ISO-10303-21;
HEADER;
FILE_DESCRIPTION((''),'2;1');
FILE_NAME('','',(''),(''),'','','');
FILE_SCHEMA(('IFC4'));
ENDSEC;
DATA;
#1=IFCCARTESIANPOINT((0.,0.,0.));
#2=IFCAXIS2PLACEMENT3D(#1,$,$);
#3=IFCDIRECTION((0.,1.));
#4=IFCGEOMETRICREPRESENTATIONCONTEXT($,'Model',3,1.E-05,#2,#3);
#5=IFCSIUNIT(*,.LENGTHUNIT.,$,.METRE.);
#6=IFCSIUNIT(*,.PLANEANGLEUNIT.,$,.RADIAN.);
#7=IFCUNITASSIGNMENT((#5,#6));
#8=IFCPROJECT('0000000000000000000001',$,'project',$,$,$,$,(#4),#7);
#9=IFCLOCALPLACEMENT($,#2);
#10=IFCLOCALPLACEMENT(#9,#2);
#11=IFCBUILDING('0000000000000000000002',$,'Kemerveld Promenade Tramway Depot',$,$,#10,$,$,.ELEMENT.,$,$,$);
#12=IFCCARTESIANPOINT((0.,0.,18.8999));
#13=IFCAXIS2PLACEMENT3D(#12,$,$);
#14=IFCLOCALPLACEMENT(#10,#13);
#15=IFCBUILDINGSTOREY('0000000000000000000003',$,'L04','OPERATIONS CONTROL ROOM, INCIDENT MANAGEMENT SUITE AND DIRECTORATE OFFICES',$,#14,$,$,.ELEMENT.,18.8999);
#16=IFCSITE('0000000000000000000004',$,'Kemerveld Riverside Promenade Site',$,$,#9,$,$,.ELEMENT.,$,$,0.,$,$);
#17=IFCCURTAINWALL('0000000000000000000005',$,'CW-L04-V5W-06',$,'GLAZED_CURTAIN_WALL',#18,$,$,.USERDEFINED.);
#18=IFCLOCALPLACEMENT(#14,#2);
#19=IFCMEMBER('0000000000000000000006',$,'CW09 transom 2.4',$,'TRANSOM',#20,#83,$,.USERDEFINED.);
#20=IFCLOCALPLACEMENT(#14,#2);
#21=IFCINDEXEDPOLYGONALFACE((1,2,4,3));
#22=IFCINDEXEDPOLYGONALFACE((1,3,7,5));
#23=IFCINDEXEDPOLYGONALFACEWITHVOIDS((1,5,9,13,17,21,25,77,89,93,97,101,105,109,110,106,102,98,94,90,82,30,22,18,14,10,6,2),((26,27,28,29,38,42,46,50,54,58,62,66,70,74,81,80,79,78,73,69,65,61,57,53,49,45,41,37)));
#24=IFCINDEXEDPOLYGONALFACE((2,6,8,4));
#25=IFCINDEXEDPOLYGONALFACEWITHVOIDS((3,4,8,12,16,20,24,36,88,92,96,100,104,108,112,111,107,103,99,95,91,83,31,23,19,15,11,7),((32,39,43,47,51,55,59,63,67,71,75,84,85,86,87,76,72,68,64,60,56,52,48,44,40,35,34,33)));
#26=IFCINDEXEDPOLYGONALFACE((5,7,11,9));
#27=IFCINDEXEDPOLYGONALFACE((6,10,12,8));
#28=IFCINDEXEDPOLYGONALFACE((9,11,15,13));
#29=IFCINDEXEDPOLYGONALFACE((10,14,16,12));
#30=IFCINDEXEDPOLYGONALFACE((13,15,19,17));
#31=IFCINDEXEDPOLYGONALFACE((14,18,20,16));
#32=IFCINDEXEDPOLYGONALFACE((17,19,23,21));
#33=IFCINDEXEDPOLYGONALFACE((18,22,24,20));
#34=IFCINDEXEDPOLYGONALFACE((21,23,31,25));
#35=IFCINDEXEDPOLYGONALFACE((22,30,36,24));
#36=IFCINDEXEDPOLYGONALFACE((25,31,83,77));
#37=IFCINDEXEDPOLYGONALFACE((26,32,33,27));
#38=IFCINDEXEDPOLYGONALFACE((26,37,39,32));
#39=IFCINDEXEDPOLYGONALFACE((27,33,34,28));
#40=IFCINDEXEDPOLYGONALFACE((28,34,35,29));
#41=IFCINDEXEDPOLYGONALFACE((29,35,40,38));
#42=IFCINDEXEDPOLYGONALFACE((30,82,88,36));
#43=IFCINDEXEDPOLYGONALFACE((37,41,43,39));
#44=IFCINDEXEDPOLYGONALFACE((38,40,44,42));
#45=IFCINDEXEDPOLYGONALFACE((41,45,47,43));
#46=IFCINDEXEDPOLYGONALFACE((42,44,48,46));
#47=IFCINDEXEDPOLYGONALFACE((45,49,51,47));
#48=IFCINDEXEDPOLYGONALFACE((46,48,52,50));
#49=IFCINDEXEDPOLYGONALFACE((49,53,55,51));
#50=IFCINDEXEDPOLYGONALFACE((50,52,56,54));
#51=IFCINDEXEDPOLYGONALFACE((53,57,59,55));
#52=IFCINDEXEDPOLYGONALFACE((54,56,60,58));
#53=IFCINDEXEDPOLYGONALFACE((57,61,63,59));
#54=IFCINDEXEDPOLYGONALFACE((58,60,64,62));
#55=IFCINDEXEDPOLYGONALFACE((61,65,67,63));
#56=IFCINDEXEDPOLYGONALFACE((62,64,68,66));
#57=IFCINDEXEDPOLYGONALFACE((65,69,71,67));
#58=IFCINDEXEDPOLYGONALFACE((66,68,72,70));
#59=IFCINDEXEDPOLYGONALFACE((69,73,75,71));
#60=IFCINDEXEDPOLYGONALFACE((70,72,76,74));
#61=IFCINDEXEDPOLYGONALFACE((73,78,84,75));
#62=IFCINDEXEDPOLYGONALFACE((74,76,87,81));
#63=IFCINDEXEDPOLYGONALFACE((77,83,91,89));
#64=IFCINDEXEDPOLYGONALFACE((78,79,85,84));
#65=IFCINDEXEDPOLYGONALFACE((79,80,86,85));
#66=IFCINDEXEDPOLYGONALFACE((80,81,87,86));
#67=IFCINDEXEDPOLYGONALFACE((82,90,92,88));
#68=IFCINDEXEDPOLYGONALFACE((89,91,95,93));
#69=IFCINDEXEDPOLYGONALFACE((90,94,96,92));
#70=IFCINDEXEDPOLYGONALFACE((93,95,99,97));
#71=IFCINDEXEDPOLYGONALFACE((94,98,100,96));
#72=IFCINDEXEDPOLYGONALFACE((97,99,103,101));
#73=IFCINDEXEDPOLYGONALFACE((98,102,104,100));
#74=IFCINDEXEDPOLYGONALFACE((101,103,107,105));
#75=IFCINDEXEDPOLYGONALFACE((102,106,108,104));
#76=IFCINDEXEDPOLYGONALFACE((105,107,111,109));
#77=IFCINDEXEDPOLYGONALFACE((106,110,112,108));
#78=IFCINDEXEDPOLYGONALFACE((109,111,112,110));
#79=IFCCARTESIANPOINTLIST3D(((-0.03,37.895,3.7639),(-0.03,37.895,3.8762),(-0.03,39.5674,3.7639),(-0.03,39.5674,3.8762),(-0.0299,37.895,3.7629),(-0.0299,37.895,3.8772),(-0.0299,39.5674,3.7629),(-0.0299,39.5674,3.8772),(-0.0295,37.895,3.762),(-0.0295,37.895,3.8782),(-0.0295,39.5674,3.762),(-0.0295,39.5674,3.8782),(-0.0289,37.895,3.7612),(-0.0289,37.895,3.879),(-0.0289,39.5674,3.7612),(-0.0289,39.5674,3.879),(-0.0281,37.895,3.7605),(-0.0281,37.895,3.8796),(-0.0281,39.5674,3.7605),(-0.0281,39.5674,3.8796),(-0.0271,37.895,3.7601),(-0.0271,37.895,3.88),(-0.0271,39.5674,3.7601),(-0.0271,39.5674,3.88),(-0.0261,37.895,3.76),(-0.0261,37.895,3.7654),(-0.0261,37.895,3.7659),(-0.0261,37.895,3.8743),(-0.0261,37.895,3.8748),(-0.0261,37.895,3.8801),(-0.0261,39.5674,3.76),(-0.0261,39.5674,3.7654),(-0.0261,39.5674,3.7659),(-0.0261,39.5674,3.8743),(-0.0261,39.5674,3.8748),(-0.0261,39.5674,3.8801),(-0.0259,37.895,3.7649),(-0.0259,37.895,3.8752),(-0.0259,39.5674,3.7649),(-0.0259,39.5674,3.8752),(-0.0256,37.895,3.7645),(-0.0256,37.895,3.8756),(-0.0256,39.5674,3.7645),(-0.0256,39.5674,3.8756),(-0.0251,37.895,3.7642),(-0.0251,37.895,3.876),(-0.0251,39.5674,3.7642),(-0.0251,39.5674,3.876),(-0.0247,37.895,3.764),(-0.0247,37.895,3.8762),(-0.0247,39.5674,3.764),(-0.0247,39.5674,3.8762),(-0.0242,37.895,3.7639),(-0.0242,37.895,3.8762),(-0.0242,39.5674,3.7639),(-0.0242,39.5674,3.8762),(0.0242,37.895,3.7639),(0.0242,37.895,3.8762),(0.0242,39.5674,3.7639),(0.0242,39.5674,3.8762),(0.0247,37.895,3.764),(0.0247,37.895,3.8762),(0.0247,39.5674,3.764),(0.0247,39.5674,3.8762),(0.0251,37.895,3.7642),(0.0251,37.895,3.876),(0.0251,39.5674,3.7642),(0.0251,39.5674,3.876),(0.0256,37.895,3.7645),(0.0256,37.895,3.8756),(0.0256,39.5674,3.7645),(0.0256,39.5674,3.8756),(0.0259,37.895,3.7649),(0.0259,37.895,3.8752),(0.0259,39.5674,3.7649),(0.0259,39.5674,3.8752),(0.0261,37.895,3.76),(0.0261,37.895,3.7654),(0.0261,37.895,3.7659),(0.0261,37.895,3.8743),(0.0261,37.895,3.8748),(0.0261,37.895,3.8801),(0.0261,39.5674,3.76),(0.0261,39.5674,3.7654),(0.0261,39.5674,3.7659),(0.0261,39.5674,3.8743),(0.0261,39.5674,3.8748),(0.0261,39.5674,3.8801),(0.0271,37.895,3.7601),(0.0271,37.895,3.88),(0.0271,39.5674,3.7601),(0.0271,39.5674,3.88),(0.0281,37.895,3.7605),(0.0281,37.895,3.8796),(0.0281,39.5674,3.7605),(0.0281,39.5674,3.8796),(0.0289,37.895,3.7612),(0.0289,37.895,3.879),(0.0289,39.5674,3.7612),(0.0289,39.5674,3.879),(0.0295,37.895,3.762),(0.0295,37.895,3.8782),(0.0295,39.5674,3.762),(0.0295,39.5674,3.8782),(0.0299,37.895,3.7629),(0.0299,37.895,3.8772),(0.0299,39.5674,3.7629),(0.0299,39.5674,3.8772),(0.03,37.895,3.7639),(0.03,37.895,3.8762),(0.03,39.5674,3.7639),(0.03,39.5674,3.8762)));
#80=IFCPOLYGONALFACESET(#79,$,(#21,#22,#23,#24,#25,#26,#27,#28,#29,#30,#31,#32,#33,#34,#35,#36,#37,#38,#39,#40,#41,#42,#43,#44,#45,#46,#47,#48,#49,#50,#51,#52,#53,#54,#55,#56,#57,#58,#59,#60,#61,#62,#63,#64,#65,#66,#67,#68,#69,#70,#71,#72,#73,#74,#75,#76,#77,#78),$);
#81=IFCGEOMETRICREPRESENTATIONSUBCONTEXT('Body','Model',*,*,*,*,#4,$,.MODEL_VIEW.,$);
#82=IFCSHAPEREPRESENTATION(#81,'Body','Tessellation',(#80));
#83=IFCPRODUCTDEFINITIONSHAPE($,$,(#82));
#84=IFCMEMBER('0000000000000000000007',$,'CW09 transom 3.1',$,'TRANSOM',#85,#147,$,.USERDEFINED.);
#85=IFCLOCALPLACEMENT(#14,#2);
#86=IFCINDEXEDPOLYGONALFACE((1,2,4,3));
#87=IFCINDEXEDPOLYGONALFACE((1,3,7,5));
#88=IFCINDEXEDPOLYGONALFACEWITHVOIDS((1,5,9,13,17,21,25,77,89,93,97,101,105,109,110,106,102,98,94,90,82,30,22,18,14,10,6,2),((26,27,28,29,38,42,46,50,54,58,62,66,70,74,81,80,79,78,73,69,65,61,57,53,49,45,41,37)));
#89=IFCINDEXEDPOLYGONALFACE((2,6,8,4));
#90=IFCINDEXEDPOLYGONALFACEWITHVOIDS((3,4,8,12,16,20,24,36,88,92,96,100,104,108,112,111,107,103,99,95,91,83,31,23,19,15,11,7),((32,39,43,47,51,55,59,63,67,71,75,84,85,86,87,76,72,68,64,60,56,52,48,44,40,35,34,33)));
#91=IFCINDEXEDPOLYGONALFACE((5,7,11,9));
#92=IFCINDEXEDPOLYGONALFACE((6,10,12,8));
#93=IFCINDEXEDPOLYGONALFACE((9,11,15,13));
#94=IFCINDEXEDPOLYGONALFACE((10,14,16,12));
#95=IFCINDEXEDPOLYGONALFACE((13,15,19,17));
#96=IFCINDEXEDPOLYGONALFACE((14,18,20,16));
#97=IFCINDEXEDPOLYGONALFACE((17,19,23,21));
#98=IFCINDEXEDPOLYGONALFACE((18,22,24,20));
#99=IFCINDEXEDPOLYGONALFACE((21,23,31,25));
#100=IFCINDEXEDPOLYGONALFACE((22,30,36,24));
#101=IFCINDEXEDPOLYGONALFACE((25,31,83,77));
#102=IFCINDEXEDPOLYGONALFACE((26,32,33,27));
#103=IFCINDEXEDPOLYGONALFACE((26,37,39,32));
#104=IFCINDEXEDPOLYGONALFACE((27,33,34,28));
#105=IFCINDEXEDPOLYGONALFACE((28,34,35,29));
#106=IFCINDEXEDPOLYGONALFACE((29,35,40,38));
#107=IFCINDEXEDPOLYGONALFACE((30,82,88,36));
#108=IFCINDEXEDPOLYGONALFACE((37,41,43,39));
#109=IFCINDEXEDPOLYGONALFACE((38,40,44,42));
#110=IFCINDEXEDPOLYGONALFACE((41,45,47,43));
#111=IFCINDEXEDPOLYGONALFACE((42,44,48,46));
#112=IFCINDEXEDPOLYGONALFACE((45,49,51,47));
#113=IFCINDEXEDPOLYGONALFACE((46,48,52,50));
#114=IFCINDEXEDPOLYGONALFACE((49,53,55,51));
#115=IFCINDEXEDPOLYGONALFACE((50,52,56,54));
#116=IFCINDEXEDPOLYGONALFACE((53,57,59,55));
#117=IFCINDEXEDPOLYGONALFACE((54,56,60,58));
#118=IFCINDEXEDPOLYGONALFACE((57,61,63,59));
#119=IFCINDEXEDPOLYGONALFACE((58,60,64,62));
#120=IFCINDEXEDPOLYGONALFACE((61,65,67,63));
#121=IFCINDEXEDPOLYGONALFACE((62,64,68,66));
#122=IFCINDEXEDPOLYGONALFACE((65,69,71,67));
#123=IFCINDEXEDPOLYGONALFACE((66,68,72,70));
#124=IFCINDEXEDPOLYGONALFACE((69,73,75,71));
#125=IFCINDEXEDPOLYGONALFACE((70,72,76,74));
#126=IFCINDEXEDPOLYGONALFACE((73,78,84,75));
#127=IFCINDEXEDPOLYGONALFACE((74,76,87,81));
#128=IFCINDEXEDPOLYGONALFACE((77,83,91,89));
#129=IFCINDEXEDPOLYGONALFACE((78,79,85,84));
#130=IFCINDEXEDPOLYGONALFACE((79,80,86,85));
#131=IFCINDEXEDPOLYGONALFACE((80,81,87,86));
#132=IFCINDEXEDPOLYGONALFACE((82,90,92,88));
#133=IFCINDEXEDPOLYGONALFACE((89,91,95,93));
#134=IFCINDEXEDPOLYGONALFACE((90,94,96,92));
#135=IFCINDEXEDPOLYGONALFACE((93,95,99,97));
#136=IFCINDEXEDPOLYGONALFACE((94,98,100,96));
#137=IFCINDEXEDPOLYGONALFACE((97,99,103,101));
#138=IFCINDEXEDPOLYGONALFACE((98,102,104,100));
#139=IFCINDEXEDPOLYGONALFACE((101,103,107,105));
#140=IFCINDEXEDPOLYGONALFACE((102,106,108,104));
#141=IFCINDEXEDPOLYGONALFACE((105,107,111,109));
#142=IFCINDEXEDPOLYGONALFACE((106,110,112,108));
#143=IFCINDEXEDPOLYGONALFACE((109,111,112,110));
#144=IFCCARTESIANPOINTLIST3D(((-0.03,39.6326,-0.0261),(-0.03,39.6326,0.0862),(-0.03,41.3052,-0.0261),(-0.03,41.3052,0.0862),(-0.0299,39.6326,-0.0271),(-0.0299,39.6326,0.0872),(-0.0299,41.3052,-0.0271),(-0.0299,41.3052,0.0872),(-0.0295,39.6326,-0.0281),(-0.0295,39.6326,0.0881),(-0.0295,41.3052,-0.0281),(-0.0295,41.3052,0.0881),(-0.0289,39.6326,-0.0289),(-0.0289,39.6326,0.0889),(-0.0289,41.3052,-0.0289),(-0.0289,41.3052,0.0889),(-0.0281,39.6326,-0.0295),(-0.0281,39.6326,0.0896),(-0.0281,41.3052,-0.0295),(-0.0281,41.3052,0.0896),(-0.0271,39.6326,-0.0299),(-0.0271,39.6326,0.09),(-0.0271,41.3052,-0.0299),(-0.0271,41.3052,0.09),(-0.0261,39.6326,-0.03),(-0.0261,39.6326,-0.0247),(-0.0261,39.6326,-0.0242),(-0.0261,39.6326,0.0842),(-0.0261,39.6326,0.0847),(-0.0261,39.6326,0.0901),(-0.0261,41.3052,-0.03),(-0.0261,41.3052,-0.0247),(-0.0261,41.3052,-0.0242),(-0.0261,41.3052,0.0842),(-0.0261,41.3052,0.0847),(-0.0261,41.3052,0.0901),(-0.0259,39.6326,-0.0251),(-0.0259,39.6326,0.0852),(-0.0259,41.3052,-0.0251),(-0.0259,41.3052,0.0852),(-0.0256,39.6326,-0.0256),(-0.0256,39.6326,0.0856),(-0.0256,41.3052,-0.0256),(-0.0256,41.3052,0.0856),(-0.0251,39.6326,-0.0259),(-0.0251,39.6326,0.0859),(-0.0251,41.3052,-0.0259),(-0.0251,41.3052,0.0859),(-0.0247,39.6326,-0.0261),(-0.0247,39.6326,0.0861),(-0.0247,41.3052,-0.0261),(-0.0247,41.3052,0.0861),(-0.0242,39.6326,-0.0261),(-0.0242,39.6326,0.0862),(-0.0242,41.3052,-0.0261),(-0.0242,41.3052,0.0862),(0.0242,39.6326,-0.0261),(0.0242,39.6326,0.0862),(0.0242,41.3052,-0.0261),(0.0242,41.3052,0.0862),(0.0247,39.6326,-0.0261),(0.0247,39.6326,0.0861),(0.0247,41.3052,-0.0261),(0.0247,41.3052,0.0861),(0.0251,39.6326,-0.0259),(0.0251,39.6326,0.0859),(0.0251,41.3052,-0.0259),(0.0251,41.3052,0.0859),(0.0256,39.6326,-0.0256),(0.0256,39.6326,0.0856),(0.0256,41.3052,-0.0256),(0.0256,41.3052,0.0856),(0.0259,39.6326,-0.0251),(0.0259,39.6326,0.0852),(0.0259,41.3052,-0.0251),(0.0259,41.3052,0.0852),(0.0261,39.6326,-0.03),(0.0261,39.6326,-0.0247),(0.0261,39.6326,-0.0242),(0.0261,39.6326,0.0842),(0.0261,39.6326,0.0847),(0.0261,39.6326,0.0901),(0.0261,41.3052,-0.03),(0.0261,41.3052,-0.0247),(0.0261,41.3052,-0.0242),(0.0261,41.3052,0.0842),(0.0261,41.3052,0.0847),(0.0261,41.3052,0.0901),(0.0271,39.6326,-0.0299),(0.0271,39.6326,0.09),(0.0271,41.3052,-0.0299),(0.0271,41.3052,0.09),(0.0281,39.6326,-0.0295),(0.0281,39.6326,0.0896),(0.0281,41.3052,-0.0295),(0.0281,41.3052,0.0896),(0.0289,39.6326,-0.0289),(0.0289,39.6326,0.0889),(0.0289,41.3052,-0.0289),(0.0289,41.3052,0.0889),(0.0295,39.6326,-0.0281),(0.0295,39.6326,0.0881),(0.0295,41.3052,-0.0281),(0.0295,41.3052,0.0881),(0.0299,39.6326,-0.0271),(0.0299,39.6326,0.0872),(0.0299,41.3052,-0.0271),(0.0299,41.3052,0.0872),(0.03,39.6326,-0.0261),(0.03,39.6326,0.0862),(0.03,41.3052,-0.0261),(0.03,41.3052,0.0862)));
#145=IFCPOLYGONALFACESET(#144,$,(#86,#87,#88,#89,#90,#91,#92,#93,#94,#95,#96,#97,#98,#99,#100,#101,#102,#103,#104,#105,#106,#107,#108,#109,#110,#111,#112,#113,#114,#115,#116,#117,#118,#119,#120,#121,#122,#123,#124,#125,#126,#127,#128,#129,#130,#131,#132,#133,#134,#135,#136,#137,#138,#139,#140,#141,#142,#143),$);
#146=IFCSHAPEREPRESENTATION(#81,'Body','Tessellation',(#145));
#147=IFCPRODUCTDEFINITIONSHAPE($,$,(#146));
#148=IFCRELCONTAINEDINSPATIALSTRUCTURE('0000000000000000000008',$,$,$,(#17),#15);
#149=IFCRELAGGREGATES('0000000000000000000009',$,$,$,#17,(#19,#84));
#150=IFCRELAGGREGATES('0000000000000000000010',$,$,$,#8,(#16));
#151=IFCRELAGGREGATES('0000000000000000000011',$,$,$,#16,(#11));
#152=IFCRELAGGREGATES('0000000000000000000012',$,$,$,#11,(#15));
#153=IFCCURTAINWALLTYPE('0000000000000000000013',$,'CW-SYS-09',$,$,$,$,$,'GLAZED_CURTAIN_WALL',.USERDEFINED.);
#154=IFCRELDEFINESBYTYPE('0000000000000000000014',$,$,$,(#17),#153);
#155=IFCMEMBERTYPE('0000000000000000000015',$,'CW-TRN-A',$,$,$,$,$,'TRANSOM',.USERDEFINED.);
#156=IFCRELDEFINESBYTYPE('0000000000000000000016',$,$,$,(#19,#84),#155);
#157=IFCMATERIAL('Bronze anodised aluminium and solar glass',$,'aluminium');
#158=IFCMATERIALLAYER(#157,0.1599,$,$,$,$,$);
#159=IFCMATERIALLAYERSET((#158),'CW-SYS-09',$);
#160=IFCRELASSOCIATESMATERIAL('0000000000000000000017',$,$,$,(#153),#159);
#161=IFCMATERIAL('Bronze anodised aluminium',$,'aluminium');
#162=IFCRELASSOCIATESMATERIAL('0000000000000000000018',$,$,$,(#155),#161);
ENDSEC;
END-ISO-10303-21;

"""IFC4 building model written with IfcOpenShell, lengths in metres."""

from ifc_helpers import new_model, si_unit, direction, frame, origin, origin_2d, place, context, subcontext, project, spatial, hollow_rectangle, extrude, material, layer, layer_set, material_profile, profile_set, type_object, element, aggregate, save


model = new_model("IFC4")

# Units and contexts
model_context = context("Model", 3, precision=1e-05, world=origin(), true_north=direction((0.0, 1.0)))
body_context = subcontext(model_context, "Body", "Model", "MODEL_VIEW")
ifc_project = project(units=[si_unit("LENGTHUNIT", "METRE"), si_unit("PLANEANGLEUNIT", "RADIAN")], contexts=[model_context])

# Site, building, storey
site_placement = place(None, origin())
site = spatial("IfcSite", under=ifc_project, at=site_placement, Name="Kemerveld Riverside Promenade Site", CompositionType="ELEMENT", RefElevation=0.0)
building_placement = place(site_placement, origin())
building = spatial("IfcBuilding", under=site, at=building_placement, Name="Kemerveld Promenade Tramway Depot", CompositionType="ELEMENT")
storey_placement = place(building_placement, frame((0.0, 0.0, 18.8999)))
storey = spatial("IfcBuildingStorey", under=building, at=storey_placement, Name="L04", Description="OPERATIONS CONTROL ROOM, INCIDENT MANAGEMENT SUITE AND DIRECTORATE OFFICES", CompositionType="ELEMENT", Elevation=18.8999)

# Curtain wall, members
ifc_material_1 = material(Name="Bronze anodised aluminium and solar glass", Category="aluminium")
ifc_layer_1 = layer(ifc_material_1, 0.1599)
ifc_layer_set_1 = layer_set([ifc_layer_1], Name="CW-SYS-09")
curtain_wall_type = type_object("IfcCurtainWallType", Name="CW-SYS-09", ElementType="GLAZED_CURTAIN_WALL", PredefinedType="USERDEFINED", material=ifc_layer_set_1)
curtain_wall_placement = place(storey_placement, origin())
curtain_wall = element("IfcCurtainWall", 1, at=curtain_wall_placement, inside=storey, type_object=curtain_wall_type, Name="CW-L04-V5W-06", ObjectType="GLAZED_CURTAIN_WALL", PredefinedType="USERDEFINED")
ifc_material_2 = material(Name="Bronze anodised aluminium", Category="aluminium")
ifc_material_profile_1 = material_profile(ifc_material_2, hollow_rectangle(XDim=0.0601, YDim=0.1201, WallThickness=0.0039, InnerFilletRadius=0.002, OuterFilletRadius=0.0039, at=origin_2d()), Name="CW-TRN-120x60")
ifc_profile_set_1 = profile_set([ifc_material_profile_1], Name="Bronze anodised aluminium")
member_type_1 = type_object("IfcMemberType", Name="CW-TRN-A", ElementType="TRANSOM", PredefinedType="USERDEFINED", material=ifc_profile_set_1)
member_1_placement = place(storey_placement, frame((0.0, 37.895, 3.8201), z_axis=(0.0, 1.0, 0.0), x_axis=(-1.0, 0.0, 0.0)))
member_1 = element("IfcMember", 2, at=member_1_placement, type_object=member_type_1, Name="CW09 transom 2.4", ObjectType="TRANSOM", PredefinedType="USERDEFINED", context=body_context, shape_type="SweptSolid", body=[
    extrude(hollow_rectangle(XDim=0.0601, YDim=0.1201, WallThickness=0.0039, InnerFilletRadius=0.002, OuterFilletRadius=0.0039, at=origin_2d()), origin(), (0.0, 0.0, 1.0), 1.6724),
])
member_2_placement = place(storey_placement, frame((0.0, 39.6326, 0.03), z_axis=(0.0, 1.0, 0.0), x_axis=(-1.0, 0.0, 0.0)))
member_2 = element("IfcMember", 3, at=member_2_placement, type_object=member_type_1, Name="CW09 transom 3.1", ObjectType="TRANSOM", PredefinedType="USERDEFINED", context=body_context, shape_type="SweptSolid", body=[
    extrude(hollow_rectangle(XDim=0.0601, YDim=0.1201, WallThickness=0.0039, InnerFilletRadius=0.002, OuterFilletRadius=0.0039, at=origin_2d()), origin(), (0.0, 0.0, 1.0), 1.6726),
])
aggregate(curtain_wall, [member_1, member_2])

save(model, "model.ifc")
